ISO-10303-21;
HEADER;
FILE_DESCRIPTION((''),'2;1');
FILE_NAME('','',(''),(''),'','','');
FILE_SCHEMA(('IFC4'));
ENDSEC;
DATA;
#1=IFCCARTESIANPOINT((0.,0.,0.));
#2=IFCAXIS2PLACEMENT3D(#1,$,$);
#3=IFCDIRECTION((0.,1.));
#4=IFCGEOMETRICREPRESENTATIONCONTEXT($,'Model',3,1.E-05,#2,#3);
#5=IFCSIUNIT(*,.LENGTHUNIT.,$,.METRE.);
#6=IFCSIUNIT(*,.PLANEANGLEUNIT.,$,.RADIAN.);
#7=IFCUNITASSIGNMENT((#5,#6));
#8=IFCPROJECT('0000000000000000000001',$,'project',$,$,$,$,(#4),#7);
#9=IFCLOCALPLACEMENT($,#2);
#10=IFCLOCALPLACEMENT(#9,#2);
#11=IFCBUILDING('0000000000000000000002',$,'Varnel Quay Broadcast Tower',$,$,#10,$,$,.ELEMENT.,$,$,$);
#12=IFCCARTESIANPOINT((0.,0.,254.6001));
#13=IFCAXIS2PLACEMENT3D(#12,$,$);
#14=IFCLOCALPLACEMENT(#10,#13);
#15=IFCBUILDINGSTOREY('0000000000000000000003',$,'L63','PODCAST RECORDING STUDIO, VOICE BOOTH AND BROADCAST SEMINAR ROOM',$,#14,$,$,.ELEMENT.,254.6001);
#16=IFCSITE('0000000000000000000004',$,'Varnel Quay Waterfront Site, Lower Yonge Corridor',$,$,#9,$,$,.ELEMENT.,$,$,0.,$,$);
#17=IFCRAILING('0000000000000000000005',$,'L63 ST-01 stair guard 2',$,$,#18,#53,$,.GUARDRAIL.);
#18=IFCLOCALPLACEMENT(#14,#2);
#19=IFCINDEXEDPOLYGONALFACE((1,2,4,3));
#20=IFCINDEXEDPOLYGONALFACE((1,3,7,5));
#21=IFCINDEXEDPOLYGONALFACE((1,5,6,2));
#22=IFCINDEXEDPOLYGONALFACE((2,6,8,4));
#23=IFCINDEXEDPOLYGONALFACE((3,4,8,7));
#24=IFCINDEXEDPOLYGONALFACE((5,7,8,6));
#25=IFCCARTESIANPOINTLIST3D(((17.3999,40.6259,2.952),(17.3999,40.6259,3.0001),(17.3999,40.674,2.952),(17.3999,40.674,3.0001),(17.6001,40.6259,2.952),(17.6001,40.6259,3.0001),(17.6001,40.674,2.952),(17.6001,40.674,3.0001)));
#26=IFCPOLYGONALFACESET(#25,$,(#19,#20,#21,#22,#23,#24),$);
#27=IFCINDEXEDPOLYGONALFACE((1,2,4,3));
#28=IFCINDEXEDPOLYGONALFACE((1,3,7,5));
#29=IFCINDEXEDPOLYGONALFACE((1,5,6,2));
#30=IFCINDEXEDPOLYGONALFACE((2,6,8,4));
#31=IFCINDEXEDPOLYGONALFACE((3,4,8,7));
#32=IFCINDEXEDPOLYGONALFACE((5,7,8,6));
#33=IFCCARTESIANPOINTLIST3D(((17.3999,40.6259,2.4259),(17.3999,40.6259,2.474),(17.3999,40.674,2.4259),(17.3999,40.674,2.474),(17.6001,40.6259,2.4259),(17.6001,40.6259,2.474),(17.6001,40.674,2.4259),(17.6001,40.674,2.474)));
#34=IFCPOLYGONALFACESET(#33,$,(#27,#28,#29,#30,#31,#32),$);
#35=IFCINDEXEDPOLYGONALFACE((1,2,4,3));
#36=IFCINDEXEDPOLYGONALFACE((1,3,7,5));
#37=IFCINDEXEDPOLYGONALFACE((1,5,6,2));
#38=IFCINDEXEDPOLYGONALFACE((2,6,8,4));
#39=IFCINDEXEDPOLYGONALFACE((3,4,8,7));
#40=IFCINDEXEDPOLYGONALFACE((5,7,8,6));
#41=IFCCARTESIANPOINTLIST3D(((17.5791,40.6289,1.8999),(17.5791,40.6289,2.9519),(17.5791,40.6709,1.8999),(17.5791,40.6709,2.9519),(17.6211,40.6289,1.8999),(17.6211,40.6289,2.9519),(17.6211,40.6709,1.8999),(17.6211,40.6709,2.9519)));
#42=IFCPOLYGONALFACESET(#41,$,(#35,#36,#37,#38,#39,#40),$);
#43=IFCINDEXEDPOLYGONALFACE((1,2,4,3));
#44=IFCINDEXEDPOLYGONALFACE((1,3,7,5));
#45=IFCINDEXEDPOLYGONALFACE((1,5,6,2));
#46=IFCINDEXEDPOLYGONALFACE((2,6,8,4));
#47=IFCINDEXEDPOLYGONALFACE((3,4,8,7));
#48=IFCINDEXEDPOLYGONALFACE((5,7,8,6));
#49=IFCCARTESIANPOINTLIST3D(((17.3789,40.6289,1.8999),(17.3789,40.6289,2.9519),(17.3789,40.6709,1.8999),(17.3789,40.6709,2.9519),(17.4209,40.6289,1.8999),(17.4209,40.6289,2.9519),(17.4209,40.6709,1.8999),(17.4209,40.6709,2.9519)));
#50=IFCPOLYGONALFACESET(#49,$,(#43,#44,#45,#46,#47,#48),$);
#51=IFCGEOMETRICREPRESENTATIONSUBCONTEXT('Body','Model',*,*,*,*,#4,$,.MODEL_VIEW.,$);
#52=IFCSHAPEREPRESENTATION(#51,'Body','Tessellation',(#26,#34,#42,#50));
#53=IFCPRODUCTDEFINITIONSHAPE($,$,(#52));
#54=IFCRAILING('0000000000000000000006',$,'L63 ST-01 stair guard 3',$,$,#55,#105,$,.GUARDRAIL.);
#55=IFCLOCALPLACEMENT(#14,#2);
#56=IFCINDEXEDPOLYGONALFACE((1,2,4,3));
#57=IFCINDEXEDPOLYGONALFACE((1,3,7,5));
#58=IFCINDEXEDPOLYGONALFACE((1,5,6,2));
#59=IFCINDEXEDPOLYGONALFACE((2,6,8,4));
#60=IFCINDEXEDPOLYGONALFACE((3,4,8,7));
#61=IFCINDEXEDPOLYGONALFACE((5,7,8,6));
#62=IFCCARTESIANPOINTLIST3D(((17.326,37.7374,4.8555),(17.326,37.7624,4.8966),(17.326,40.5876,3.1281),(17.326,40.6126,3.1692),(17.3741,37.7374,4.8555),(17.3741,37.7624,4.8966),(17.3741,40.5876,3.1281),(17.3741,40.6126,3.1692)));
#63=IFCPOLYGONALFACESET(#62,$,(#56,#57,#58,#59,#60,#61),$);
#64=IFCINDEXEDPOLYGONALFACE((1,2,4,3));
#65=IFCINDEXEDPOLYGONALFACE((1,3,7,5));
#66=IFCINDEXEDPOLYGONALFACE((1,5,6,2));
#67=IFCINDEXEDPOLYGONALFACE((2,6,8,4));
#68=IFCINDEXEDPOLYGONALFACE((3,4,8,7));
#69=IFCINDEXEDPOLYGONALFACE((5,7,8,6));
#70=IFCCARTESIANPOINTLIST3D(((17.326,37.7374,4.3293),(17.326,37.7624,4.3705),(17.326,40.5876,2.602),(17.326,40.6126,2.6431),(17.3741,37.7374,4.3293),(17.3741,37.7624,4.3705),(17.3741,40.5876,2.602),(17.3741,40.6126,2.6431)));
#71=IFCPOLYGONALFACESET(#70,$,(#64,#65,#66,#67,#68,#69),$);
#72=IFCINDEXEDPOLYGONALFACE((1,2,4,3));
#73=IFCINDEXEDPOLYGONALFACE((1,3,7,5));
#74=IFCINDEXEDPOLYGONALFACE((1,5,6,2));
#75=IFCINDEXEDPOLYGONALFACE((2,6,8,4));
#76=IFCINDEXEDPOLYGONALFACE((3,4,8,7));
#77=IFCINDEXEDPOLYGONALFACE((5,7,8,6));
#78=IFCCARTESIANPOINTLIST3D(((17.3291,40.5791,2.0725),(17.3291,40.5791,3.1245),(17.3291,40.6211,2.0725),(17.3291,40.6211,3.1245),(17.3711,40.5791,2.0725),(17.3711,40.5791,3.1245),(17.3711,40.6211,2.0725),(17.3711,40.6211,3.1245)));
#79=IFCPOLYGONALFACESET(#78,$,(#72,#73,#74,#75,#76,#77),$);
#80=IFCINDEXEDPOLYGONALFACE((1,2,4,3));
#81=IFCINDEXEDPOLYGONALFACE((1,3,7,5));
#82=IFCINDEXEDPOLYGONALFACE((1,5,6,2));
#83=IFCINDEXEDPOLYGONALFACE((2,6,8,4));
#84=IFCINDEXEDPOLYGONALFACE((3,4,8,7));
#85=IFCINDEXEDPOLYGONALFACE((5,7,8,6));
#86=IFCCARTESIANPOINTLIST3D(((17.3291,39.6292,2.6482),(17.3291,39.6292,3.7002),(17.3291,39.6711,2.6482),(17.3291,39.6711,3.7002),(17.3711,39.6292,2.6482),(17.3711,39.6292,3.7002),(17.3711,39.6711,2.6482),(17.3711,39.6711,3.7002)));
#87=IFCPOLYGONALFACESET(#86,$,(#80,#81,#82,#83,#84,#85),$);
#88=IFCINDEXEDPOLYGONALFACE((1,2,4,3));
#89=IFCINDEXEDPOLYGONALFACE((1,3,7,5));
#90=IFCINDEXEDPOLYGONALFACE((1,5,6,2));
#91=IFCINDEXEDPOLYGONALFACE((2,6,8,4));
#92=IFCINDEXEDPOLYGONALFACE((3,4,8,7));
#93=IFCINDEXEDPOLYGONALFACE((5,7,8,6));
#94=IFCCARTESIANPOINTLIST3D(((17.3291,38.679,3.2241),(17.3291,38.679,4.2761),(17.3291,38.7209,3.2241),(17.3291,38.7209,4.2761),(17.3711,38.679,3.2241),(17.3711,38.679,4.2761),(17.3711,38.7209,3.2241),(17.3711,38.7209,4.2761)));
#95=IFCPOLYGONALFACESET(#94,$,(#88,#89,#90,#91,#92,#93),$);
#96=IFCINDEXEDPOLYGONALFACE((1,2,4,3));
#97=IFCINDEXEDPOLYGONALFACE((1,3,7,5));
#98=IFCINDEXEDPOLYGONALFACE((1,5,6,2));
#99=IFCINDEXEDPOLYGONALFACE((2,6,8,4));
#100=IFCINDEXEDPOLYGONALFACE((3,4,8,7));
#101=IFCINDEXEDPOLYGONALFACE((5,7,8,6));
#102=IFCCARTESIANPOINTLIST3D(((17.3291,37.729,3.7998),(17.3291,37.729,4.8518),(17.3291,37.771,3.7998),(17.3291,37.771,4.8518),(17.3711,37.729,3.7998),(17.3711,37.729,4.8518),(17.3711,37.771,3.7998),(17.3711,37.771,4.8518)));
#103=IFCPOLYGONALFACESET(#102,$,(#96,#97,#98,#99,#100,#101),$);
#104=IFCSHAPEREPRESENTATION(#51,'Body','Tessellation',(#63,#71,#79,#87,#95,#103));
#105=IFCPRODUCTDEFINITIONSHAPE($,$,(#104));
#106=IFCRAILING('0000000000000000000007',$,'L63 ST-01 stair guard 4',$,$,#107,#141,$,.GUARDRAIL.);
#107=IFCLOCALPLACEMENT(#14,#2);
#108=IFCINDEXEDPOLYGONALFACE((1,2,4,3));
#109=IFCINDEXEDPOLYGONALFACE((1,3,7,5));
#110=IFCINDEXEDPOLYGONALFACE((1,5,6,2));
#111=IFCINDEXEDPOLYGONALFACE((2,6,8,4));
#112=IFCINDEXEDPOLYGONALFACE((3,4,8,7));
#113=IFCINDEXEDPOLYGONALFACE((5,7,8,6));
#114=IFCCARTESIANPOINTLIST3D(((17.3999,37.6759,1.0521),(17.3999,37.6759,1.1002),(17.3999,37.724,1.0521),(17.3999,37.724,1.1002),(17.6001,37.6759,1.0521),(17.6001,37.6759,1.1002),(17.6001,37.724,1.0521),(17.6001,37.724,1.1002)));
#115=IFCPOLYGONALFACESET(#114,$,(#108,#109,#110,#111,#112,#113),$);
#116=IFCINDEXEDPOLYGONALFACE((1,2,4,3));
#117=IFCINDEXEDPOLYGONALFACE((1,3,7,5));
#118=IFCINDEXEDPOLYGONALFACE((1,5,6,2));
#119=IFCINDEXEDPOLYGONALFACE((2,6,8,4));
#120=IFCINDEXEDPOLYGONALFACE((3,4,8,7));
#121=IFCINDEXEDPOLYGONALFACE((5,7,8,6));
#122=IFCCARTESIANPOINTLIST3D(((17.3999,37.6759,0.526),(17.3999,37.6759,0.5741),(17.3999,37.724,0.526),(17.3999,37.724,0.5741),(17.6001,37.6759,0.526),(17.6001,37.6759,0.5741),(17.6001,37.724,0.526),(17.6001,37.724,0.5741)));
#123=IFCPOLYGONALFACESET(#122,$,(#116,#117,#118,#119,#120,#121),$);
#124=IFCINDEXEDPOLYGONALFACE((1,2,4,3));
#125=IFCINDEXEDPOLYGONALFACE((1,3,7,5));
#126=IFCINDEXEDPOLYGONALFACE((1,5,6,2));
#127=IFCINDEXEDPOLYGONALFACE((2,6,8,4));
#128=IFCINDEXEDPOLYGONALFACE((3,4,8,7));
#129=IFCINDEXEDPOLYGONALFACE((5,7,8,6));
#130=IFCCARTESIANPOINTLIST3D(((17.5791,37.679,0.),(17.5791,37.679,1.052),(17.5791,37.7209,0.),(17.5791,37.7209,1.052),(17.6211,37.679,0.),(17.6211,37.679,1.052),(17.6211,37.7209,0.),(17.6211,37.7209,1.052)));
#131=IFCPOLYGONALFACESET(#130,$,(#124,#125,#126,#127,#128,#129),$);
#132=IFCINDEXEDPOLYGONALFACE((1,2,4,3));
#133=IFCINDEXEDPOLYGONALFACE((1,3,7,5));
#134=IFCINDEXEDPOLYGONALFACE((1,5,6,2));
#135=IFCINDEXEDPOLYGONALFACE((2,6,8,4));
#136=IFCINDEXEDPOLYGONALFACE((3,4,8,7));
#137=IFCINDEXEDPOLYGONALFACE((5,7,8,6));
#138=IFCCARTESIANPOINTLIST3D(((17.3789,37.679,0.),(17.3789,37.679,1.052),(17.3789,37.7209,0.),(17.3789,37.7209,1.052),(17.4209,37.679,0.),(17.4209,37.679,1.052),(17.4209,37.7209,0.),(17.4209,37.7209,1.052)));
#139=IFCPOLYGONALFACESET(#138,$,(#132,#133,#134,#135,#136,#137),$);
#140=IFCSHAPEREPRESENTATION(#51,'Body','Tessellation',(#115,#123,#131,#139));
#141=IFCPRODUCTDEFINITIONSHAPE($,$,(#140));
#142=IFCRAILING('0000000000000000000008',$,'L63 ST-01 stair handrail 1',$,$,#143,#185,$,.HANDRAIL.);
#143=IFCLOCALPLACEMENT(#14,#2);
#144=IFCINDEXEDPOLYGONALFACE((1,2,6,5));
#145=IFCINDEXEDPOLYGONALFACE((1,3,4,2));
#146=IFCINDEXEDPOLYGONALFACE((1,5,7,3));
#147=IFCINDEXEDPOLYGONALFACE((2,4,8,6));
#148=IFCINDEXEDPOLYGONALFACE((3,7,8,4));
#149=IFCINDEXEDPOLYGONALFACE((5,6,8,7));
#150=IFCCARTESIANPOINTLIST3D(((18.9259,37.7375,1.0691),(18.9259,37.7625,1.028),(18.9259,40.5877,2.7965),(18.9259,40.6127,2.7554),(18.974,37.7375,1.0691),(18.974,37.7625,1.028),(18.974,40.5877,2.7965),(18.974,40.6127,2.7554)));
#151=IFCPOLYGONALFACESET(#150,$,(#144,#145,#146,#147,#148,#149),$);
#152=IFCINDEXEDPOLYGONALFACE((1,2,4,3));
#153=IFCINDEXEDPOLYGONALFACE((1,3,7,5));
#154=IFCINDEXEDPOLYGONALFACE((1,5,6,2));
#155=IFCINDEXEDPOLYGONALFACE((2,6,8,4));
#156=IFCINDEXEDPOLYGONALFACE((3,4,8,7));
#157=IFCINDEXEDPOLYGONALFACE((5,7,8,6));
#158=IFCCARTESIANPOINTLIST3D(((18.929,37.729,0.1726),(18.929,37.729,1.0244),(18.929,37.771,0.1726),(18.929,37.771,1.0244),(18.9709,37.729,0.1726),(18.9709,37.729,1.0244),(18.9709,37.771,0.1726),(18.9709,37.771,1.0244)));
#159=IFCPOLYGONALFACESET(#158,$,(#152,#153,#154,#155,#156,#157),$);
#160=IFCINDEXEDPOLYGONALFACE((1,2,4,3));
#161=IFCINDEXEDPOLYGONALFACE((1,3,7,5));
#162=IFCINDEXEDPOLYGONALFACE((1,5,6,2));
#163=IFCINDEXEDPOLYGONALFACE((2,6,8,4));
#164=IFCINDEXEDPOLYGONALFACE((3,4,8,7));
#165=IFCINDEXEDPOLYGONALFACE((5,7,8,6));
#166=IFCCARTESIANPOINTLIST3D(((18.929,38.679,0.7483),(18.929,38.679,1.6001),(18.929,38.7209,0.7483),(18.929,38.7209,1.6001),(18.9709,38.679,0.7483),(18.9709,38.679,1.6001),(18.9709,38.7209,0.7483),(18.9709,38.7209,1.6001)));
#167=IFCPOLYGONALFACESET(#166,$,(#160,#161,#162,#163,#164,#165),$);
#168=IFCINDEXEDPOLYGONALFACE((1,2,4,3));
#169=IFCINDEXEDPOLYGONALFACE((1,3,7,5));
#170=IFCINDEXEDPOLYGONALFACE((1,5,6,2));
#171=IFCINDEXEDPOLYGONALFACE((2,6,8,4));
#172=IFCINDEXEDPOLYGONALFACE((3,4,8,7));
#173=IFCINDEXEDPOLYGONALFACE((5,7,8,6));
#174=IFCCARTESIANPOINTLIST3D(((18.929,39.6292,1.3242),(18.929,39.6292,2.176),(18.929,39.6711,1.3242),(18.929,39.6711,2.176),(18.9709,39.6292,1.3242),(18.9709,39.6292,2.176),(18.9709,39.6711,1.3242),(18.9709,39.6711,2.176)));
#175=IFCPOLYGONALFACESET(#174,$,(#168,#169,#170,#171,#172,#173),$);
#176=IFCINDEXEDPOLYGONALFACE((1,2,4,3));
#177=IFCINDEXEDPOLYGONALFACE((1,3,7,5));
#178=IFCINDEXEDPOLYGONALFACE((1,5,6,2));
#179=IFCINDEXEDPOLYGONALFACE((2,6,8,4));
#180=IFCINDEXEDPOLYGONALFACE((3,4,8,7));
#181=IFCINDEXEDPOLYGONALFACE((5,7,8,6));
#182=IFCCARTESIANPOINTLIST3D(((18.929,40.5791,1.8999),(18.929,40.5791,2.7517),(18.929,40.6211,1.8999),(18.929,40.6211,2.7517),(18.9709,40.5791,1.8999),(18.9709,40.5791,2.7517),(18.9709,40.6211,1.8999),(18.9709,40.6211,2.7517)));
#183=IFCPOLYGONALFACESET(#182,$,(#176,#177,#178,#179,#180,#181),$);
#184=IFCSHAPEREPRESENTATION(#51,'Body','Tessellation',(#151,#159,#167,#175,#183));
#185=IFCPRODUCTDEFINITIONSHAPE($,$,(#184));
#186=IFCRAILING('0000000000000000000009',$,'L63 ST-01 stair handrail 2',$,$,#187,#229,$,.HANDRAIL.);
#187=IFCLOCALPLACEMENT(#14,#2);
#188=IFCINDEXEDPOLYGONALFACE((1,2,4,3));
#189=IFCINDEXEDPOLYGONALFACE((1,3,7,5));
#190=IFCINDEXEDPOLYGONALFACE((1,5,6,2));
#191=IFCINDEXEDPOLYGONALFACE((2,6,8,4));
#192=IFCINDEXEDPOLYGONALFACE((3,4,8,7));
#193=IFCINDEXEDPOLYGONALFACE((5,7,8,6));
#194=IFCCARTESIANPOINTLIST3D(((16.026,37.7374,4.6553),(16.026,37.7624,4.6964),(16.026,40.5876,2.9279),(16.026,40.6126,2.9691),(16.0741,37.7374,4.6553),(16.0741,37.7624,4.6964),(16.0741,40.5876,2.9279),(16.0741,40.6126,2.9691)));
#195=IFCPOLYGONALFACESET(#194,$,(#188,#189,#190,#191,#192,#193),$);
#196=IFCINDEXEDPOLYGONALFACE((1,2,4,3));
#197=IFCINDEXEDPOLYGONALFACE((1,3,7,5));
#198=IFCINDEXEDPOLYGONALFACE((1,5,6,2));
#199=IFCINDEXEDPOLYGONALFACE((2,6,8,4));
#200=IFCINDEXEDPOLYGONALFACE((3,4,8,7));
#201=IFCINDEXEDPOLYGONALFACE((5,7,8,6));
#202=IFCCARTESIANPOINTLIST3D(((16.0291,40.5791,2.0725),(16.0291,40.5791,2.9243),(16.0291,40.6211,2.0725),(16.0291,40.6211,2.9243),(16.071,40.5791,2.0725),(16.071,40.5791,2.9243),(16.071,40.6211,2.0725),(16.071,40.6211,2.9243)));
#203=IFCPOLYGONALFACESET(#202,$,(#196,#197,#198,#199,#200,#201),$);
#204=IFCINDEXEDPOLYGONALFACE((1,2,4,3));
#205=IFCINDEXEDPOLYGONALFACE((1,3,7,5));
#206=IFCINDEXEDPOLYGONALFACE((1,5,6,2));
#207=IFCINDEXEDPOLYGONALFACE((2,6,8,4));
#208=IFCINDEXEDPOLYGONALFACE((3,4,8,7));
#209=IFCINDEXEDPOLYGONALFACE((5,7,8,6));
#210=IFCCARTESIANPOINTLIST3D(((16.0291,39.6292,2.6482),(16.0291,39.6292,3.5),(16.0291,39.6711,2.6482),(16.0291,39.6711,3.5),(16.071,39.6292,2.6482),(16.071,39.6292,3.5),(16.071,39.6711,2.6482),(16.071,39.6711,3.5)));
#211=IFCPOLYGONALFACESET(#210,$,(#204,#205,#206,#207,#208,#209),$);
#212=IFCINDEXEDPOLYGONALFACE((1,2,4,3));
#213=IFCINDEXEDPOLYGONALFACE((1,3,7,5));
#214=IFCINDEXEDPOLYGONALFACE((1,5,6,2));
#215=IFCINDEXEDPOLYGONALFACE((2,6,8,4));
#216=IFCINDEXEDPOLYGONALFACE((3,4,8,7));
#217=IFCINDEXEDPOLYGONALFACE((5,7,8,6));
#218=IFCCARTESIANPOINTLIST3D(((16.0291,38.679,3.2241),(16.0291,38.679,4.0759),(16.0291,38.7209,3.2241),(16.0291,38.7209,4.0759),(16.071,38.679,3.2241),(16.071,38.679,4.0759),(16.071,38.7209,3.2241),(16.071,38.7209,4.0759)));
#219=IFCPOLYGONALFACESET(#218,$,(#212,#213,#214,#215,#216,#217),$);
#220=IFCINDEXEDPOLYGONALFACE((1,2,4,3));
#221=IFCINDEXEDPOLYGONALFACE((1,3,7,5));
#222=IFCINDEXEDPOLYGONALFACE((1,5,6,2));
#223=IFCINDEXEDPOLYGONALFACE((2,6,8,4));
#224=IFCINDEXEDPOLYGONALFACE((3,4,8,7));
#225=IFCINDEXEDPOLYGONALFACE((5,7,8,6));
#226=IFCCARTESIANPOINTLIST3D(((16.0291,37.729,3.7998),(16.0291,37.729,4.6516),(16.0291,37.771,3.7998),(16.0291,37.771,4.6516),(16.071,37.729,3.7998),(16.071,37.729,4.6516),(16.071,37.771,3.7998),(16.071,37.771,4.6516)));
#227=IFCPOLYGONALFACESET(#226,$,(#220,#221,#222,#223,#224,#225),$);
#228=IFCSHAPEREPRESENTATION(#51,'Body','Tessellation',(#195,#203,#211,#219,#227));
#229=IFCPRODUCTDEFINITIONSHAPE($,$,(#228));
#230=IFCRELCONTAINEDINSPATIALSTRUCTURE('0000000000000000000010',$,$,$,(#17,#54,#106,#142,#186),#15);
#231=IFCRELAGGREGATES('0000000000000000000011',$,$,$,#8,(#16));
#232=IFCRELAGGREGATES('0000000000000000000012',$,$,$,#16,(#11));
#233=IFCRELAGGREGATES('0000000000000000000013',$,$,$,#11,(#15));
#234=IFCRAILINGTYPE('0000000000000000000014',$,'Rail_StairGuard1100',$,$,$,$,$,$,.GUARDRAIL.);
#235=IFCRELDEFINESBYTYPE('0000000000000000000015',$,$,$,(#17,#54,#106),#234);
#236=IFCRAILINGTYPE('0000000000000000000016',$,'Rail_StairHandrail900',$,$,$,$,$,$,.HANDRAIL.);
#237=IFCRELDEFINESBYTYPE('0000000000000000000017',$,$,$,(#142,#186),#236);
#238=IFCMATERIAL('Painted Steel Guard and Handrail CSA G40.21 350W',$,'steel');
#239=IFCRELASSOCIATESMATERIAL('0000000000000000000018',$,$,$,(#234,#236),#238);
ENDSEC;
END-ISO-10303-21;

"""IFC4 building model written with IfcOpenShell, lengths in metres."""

from ifc_helpers import new_model, si_unit, direction, frame, origin, origin_2d, place, context, subcontext, project, spatial, rectangle, extrude, material, type_object, element, save


model = new_model("IFC4")

# Units and contexts
model_context = context("Model", 3, precision=1e-05, world=origin(), true_north=direction((0.0, 1.0)))
body_context = subcontext(model_context, "Body", "Model", "MODEL_VIEW")
ifc_project = project(units=[si_unit("LENGTHUNIT", "METRE"), si_unit("PLANEANGLEUNIT", "RADIAN")], contexts=[model_context])

# Site, building, storey
site_placement = place(None, origin())
site = spatial("IfcSite", under=ifc_project, at=site_placement, Name="Varnel Quay Waterfront Site, Lower Yonge Corridor", CompositionType="ELEMENT", RefElevation=0.0)
building_placement = place(site_placement, origin())
building = spatial("IfcBuilding", under=site, at=building_placement, Name="Varnel Quay Broadcast Tower", CompositionType="ELEMENT")
storey_placement = place(building_placement, frame((0.0, 0.0, 254.6001)))
storey = spatial("IfcBuildingStorey", under=building, at=storey_placement, Name="L63", Description="PODCAST RECORDING STUDIO, VOICE BOOTH AND BROADCAST SEMINAR ROOM", CompositionType="ELEMENT", Elevation=254.6001)

# Railings
ifc_material_1 = material(Name="Painted Steel Guard and Handrail CSA G40.21 350W", Category="steel")
railing_type_1 = type_object("IfcRailingType", Name="Rail_StairGuard1100", PredefinedType="GUARDRAIL", material=ifc_material_1)
railing_1_placement = place(storey_placement, frame((17.6001, 40.6499, 1.8999)))
element("IfcRailing", 1, at=railing_1_placement, inside=storey, type_object=railing_type_1, Name="L63 ST-01 stair guard 2", PredefinedType="GUARDRAIL", context=body_context, shape_type="SweptSolid", body=[
    extrude(rectangle(XDim=0.0481, YDim=0.0481, at=origin_2d()), frame((0.0, 0.0, 1.0762), z_axis=(-1.0, 0.0, 0.0), x_axis=(0.0, -1.0, 0.0)), (0.0, 0.0, 1.0), 0.2002),
    extrude(rectangle(XDim=0.0481, YDim=0.0481, at=origin_2d()), frame((0.0, 0.0, 0.55), z_axis=(-1.0, 0.0, 0.0), x_axis=(0.0, -1.0, 0.0)), (0.0, 0.0, 1.0), 0.2002),
    extrude(rectangle(XDim=0.042, YDim=0.042, at=origin_2d()), origin(), (0.0, 0.0, 1.0), 1.052),
    extrude(rectangle(XDim=0.042, YDim=0.042, at=origin_2d()), frame((-0.2002, 0.0, 0.0)), (0.0, 0.0, 1.0), 1.052),
])
railing_2_placement = place(storey_placement, frame((17.3501, 40.6001, 2.0725)))
element("IfcRailing", 2, at=railing_2_placement, inside=storey, type_object=railing_type_1, Name="L63 ST-01 stair guard 3", PredefinedType="GUARDRAIL", context=body_context, shape_type="SweptSolid", body=[
    extrude(rectangle(XDim=0.0481, YDim=0.0481, at=origin_2d()), frame((0.0, 0.0, 1.0762), z_axis=(0.0, -0.855203, 0.518294), x_axis=(1.0, 0.0, 0.0)), (0.0, 0.0, 1.0), 3.3328),
    extrude(rectangle(XDim=0.0481, YDim=0.0481, at=origin_2d()), frame((0.0, 0.0, 0.55), z_axis=(0.0, -0.855203, 0.518294), x_axis=(1.0, 0.0, 0.0)), (0.0, 0.0, 1.0), 3.3328),
    extrude(rectangle(XDim=0.042, YDim=0.042, at=origin_2d()), origin(), (0.0, 0.0, 1.0), 1.052),
    extrude(rectangle(XDim=0.042, YDim=0.042, at=origin_2d()), frame((0.0, -0.95, 0.5757)), (0.0, 0.0, 1.0), 1.052),
    extrude(rectangle(XDim=0.042, YDim=0.042, at=origin_2d()), frame((0.0, -1.9001, 1.1516)), (0.0, 0.0, 1.0), 1.052),
    extrude(rectangle(XDim=0.042, YDim=0.042, at=origin_2d()), frame((0.0, -2.8501, 1.7273)), (0.0, 0.0, 1.0), 1.052),
])
railing_3_placement = place(storey_placement, frame((17.6001, 37.7, 0.0)))
element("IfcRailing", 3, at=railing_3_placement, inside=storey, type_object=railing_type_1, Name="L63 ST-01 stair guard 4", PredefinedType="GUARDRAIL", context=body_context, shape_type="SweptSolid", body=[
    extrude(rectangle(XDim=0.0481, YDim=0.0481, at=origin_2d()), frame((0.0, 0.0, 1.0762), z_axis=(-1.0, 0.0, 0.0), x_axis=(0.0, -1.0, 0.0)), (0.0, 0.0, 1.0), 0.2002),
    extrude(rectangle(XDim=0.0481, YDim=0.0481, at=origin_2d()), frame((0.0, 0.0, 0.55), z_axis=(-1.0, 0.0, 0.0), x_axis=(0.0, -1.0, 0.0)), (0.0, 0.0, 1.0), 0.2002),
    extrude(rectangle(XDim=0.042, YDim=0.042, at=origin_2d()), origin(), (0.0, 0.0, 1.0), 1.052),
    extrude(rectangle(XDim=0.042, YDim=0.042, at=origin_2d()), frame((-0.2002, 0.0, 0.0)), (0.0, 0.0, 1.0), 1.052),
])
railing_type_2 = type_object("IfcRailingType", Name="Rail_StairHandrail900", PredefinedType="HANDRAIL", material=ifc_material_1)
railing_4_placement = place(storey_placement, frame((18.95, 37.75, 0.1726)))
element("IfcRailing", 4, at=railing_4_placement, inside=storey, type_object=railing_type_2, Name="L63 ST-01 stair handrail 1", PredefinedType="HANDRAIL", context=body_context, shape_type="SweptSolid", body=[
    extrude(rectangle(XDim=0.0481, YDim=0.0481, at=origin_2d()), frame((0.0, 0.0, 0.876), z_axis=(0.0, 0.855203, 0.518294), x_axis=(-1.0, 0.0, 0.0)), (0.0, 0.0, 1.0), 3.3328),
    extrude(rectangle(XDim=0.042, YDim=0.042, at=origin_2d()), origin(), (0.0, 0.0, 1.0), 0.8518),
    extrude(rectangle(XDim=0.042, YDim=0.042, at=origin_2d()), frame((0.0, 0.95, 0.5757)), (0.0, 0.0, 1.0), 0.8518),
    extrude(rectangle(XDim=0.042, YDim=0.042, at=origin_2d()), frame((0.0, 1.9001, 1.1516)), (0.0, 0.0, 1.0), 0.8518),
    extrude(rectangle(XDim=0.042, YDim=0.042, at=origin_2d()), frame((0.0, 2.8501, 1.7273)), (0.0, 0.0, 1.0), 0.8518),
])
railing_5_placement = place(storey_placement, frame((16.05, 40.6001, 2.0725)))
element("IfcRailing", 5, at=railing_5_placement, inside=storey, type_object=railing_type_2, Name="L63 ST-01 stair handrail 2", PredefinedType="HANDRAIL", context=body_context, shape_type="SweptSolid", body=[
    extrude(rectangle(XDim=0.0481, YDim=0.0481, at=origin_2d()), frame((0.0, 0.0, 0.876), z_axis=(0.0, -0.855203, 0.518294), x_axis=(1.0, 0.0, 0.0)), (0.0, 0.0, 1.0), 3.3328),
    extrude(rectangle(XDim=0.042, YDim=0.042, at=origin_2d()), origin(), (0.0, 0.0, 1.0), 0.8518),
    extrude(rectangle(XDim=0.042, YDim=0.042, at=origin_2d()), frame((0.0, -0.95, 0.5757)), (0.0, 0.0, 1.0), 0.8518),
    extrude(rectangle(XDim=0.042, YDim=0.042, at=origin_2d()), frame((0.0, -1.9001, 1.1516)), (0.0, 0.0, 1.0), 0.8518),
    extrude(rectangle(XDim=0.042, YDim=0.042, at=origin_2d()), frame((0.0, -2.8501, 1.7273)), (0.0, 0.0, 1.0), 0.8518),
])

save(model, "model.ifc")
